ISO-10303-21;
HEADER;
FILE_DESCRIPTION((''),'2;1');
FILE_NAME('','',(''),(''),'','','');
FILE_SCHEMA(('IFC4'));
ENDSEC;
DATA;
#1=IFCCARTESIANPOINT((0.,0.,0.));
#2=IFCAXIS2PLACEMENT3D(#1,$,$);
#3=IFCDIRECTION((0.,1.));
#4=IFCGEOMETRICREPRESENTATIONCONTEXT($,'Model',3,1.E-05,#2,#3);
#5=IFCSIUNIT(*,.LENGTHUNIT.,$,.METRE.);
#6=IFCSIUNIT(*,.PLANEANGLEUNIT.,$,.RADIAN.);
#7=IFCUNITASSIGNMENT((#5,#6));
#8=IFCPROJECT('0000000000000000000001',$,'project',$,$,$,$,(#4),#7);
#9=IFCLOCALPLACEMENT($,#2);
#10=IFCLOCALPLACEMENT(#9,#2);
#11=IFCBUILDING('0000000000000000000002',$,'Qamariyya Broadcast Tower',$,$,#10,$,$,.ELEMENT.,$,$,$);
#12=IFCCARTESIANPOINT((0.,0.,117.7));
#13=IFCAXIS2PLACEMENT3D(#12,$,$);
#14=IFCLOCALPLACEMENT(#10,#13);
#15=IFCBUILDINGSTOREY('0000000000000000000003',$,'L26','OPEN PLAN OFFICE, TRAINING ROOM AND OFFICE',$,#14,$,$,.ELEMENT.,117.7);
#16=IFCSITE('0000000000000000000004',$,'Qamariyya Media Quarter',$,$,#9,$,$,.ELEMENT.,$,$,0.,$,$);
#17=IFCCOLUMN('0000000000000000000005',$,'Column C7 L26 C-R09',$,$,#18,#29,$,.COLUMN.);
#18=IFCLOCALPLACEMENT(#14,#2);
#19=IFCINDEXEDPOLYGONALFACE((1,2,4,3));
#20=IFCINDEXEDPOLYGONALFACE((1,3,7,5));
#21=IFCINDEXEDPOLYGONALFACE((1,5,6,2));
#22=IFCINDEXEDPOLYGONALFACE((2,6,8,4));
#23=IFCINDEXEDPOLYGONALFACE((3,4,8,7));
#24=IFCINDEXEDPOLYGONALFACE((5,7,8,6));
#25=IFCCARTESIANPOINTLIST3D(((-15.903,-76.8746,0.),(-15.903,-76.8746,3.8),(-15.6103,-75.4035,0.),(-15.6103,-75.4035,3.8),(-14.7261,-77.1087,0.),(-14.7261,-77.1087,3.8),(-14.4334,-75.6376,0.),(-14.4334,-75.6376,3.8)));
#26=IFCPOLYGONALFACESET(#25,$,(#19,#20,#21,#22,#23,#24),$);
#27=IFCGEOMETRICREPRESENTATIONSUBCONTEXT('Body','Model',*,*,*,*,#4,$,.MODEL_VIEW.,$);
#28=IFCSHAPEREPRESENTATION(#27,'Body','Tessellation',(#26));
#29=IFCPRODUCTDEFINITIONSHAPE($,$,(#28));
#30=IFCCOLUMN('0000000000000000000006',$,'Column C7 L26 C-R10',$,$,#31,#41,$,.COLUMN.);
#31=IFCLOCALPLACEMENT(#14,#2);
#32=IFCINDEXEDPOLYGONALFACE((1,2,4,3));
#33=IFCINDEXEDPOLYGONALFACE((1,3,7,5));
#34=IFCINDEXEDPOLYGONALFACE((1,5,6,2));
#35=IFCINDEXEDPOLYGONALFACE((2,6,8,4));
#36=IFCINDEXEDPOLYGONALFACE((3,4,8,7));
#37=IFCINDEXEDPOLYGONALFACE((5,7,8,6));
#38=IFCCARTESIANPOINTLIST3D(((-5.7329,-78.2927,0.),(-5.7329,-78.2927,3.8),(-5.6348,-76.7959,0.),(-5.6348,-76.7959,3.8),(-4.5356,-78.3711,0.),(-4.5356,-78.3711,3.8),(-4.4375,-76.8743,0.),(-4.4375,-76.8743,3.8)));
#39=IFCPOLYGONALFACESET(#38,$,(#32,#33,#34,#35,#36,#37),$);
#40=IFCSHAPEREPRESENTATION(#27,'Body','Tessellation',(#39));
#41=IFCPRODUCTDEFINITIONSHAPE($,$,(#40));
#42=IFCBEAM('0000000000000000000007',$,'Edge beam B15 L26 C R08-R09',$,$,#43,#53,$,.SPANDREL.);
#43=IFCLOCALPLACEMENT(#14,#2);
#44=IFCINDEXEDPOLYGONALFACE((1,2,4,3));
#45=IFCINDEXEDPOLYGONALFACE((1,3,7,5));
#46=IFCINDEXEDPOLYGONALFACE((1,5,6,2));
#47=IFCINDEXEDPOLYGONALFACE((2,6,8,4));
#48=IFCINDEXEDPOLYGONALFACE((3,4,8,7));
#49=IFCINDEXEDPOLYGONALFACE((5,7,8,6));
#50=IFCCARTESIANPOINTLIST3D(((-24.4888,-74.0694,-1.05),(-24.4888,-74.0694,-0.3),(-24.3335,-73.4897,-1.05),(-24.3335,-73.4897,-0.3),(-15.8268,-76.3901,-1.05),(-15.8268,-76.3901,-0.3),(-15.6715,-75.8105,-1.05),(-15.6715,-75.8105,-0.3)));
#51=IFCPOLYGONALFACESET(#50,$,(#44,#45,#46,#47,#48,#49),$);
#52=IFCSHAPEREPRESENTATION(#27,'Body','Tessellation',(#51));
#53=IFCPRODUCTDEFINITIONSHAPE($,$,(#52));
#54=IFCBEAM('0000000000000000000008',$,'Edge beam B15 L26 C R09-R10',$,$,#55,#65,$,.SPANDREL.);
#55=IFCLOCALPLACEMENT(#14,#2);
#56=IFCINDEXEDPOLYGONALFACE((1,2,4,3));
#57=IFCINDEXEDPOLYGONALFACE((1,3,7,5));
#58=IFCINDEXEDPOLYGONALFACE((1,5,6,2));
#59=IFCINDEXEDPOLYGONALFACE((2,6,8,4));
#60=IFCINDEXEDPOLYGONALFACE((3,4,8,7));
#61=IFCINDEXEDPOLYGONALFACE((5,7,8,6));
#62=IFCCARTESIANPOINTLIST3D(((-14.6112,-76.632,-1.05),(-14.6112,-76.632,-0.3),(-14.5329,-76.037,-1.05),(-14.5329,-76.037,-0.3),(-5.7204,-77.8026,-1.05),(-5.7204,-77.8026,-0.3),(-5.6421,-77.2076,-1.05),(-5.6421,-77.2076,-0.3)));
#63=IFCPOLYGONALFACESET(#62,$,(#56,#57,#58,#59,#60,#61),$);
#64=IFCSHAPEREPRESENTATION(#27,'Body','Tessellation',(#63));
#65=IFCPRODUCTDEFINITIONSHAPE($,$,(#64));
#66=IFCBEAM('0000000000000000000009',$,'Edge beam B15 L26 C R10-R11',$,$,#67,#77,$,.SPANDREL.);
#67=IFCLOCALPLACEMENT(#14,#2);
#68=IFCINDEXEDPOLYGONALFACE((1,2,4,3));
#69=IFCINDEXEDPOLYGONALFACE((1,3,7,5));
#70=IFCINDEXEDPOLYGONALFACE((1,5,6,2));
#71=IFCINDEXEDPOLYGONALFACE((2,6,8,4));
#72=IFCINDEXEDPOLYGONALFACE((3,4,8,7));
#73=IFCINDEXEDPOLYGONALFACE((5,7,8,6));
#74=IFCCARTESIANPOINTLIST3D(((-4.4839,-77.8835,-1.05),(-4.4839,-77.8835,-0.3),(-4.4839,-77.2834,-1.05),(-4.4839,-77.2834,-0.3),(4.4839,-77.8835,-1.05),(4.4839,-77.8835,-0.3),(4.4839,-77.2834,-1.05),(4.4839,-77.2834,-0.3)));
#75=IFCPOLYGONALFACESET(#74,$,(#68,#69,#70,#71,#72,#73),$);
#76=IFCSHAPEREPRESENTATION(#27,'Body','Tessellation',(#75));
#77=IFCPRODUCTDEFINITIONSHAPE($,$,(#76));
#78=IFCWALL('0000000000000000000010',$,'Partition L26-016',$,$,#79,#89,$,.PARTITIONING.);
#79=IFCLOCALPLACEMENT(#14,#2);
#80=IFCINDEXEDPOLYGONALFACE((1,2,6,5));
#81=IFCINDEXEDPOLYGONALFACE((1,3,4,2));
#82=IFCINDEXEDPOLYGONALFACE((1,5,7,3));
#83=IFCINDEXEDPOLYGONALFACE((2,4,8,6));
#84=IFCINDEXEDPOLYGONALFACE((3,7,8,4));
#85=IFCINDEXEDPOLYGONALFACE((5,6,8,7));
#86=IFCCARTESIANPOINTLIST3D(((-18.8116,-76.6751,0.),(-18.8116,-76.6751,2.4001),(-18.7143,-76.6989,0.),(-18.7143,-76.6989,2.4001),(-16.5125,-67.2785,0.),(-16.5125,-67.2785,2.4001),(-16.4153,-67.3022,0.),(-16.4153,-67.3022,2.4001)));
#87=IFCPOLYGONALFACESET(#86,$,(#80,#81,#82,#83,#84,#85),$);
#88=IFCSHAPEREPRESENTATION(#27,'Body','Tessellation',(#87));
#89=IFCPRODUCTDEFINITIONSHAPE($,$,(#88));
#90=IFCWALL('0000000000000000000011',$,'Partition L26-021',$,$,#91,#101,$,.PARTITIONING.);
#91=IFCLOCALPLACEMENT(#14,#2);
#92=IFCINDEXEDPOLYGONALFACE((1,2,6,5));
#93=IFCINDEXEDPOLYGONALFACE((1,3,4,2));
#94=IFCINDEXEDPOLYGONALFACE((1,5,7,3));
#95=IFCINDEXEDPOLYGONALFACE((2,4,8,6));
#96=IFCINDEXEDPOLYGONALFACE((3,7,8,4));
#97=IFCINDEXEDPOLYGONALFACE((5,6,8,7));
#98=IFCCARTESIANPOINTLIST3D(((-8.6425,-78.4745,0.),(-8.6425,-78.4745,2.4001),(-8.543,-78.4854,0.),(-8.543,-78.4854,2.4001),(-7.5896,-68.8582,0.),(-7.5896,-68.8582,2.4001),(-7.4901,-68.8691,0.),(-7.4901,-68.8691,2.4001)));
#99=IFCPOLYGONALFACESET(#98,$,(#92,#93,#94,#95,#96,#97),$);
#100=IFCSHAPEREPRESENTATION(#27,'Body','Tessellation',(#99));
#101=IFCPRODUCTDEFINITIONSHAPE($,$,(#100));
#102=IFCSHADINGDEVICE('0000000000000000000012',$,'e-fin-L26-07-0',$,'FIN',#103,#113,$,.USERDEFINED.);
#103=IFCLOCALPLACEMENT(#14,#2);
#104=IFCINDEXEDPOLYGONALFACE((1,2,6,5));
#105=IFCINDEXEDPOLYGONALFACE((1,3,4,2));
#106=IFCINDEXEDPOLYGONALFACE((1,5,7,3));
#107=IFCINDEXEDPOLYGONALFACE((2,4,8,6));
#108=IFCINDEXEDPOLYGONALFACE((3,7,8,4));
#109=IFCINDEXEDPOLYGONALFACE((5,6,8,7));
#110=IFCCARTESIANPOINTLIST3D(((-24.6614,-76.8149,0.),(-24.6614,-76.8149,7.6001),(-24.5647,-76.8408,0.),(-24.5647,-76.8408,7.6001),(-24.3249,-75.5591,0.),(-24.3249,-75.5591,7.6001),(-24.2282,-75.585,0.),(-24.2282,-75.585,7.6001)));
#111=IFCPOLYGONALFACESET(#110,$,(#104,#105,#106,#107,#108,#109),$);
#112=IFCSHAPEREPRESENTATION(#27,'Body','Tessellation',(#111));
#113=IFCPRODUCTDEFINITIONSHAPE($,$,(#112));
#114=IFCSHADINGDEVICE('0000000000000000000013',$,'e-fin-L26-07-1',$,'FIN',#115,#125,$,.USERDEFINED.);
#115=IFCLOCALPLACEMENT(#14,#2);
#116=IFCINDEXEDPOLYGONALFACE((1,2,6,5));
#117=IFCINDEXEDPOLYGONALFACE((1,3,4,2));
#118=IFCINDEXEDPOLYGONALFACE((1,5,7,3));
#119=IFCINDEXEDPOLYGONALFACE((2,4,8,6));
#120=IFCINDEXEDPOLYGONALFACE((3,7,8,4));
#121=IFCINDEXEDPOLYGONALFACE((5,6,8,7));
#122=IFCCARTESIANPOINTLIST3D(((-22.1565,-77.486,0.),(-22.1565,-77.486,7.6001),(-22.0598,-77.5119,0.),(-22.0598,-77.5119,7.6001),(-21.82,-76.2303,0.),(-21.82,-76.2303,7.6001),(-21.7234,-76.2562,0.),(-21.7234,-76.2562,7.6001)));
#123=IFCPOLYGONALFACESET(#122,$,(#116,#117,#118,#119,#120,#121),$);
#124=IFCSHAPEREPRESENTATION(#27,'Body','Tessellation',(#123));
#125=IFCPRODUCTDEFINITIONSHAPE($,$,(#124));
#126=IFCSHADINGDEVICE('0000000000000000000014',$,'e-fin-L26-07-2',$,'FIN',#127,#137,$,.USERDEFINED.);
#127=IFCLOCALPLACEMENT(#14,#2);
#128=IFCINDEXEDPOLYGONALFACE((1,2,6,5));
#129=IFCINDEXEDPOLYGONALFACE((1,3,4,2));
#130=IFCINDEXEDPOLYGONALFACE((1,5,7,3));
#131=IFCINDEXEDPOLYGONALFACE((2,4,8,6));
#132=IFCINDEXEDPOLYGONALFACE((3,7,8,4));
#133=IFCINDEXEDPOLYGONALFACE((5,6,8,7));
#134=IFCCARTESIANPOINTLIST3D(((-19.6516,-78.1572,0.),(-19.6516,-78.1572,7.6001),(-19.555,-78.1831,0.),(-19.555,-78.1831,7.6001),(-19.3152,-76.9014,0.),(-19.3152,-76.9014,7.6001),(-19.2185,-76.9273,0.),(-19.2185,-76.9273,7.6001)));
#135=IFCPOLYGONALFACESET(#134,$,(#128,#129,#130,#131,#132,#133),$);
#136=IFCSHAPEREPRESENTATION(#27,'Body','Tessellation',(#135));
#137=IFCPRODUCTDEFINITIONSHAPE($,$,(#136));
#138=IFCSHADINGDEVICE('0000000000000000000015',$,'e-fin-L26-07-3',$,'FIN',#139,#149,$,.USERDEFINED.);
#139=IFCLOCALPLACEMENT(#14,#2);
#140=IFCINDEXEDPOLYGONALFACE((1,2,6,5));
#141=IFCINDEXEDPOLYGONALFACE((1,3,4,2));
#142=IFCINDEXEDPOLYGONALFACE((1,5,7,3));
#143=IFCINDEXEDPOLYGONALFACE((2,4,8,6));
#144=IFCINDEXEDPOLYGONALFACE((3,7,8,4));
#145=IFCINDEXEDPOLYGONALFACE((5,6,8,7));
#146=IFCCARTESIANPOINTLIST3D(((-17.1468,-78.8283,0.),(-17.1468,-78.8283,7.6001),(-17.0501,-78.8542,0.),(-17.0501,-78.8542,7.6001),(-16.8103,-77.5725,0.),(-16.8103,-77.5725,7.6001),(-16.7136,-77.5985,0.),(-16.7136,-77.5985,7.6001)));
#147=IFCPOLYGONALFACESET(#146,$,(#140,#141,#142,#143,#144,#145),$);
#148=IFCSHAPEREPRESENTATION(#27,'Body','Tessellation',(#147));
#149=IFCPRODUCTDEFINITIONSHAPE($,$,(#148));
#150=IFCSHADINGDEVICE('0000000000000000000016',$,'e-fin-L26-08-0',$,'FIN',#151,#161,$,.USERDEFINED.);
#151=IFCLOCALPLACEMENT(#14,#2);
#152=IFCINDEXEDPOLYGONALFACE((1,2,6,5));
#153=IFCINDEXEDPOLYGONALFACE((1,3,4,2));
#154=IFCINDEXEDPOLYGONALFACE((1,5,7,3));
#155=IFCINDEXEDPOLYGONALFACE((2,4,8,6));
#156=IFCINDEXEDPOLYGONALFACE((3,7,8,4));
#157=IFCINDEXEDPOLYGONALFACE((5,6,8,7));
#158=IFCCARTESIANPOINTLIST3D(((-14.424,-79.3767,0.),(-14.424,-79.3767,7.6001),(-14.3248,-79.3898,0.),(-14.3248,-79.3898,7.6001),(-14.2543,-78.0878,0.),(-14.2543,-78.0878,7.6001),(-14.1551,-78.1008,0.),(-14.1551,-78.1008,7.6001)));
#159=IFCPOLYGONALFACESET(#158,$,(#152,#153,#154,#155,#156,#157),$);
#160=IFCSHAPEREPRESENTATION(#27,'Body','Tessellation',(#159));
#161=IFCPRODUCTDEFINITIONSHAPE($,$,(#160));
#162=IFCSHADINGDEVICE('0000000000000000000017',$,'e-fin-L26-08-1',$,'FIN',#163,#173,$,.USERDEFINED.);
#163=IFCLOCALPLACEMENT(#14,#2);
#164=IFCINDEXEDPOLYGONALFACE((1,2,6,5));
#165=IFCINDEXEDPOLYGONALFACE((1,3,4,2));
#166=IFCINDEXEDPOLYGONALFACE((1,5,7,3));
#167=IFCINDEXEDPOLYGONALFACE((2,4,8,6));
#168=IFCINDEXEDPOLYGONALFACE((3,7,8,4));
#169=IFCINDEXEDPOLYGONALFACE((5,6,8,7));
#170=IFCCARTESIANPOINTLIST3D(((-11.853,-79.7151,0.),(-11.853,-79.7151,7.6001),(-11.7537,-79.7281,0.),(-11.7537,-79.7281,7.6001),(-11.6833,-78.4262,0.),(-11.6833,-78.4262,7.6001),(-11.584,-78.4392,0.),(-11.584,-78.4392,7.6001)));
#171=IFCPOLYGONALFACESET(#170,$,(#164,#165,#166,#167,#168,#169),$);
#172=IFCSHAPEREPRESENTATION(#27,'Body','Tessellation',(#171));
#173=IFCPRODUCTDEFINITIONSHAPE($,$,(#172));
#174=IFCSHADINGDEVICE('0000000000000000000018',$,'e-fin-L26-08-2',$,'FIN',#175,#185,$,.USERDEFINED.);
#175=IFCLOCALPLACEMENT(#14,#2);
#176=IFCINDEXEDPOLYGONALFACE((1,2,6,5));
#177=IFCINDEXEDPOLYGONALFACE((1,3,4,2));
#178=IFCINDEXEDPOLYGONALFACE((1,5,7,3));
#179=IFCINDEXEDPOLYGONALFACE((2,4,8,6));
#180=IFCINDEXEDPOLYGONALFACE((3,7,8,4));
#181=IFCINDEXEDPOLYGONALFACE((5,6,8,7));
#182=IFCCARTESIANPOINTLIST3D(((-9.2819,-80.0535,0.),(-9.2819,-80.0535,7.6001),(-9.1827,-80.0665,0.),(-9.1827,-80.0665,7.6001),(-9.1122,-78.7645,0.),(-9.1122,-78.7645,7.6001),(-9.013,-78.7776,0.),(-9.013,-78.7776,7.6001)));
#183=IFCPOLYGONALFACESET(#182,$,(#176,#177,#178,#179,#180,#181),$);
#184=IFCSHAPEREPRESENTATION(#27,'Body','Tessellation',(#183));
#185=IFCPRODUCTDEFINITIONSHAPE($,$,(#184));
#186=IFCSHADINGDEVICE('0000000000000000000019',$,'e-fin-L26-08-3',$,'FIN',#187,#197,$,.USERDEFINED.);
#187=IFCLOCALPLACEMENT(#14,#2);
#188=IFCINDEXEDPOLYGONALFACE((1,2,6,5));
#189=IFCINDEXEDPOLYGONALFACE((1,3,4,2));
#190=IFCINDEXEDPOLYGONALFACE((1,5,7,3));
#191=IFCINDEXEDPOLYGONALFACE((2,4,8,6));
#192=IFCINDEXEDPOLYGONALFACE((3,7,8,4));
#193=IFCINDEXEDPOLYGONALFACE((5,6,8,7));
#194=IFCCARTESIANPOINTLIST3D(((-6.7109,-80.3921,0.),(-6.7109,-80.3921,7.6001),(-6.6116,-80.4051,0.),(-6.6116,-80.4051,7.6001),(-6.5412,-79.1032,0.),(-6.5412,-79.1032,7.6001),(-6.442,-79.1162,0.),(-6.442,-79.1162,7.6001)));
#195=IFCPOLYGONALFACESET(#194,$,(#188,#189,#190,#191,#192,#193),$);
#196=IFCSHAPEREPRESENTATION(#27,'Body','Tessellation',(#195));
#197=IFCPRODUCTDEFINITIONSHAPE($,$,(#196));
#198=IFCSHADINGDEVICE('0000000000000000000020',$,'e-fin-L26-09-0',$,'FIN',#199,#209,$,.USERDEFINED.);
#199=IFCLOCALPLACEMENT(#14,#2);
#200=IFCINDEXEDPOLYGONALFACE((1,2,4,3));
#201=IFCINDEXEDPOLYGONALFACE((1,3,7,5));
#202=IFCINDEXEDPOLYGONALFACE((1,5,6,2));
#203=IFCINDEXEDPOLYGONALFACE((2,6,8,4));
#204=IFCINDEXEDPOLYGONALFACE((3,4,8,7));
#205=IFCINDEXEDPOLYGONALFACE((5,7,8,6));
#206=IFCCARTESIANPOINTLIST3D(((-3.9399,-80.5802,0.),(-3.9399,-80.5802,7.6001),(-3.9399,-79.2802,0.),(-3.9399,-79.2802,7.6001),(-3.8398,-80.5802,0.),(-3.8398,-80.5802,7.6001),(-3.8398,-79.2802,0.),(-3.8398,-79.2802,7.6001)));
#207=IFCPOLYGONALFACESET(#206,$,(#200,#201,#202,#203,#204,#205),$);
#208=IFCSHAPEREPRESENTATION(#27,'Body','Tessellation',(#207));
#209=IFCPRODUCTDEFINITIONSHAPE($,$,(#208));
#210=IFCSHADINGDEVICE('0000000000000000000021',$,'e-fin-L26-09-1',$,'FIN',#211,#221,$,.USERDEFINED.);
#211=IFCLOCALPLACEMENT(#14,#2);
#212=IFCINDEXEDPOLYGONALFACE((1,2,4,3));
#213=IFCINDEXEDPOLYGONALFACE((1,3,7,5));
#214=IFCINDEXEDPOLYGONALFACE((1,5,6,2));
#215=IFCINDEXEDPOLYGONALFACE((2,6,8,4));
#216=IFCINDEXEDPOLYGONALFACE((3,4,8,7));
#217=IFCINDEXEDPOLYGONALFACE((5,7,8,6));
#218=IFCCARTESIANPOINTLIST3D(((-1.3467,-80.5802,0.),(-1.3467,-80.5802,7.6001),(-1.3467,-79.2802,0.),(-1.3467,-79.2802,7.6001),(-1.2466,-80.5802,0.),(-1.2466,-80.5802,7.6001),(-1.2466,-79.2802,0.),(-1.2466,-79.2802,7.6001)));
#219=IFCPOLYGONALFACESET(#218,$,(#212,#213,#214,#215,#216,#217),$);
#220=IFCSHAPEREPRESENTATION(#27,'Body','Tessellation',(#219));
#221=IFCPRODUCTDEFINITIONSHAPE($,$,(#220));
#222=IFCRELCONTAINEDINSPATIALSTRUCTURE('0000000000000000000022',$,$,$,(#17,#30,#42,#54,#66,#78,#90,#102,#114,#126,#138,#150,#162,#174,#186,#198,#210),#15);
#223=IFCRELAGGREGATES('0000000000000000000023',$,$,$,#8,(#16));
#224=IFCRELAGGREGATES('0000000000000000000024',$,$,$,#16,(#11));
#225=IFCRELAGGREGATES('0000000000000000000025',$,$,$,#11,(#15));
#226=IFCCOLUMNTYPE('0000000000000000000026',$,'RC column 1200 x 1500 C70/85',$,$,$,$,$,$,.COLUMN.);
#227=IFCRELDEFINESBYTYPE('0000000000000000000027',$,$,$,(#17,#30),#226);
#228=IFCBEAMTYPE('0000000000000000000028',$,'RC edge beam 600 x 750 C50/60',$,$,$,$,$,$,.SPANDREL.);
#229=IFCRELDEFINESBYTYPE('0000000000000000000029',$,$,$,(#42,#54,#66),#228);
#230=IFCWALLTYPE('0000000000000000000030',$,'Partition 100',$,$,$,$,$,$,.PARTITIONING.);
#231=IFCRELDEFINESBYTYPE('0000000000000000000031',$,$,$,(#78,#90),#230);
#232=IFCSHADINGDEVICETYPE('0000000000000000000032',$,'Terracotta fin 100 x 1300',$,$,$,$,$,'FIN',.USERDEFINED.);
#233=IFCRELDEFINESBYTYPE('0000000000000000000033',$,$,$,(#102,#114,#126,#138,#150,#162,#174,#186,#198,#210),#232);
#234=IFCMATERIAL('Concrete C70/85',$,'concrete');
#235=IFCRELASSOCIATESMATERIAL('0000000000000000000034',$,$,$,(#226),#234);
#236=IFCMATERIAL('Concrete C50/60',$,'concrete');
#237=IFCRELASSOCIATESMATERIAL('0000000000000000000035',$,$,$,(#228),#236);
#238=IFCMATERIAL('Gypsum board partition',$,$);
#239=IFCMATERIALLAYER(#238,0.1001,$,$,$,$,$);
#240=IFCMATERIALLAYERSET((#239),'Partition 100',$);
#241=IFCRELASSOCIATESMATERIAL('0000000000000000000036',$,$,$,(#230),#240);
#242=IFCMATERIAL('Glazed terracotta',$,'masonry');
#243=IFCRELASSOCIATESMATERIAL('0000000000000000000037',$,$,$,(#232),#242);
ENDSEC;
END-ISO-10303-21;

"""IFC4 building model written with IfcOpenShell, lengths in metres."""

from ifc_helpers import new_model, si_unit, direction, frame, frame_2d, origin, origin_2d, place, context, subcontext, project, spatial, rectangle, extrude, material, layer, layer_set, material_profile, profile_set, type_object, element, save


model = new_model("IFC4")

# Units and contexts
model_context = context("Model", 3, precision=1e-05, world=origin(), true_north=direction((0.0, 1.0)))
body_context = subcontext(model_context, "Body", "Model", "MODEL_VIEW")
ifc_project = project(units=[si_unit("LENGTHUNIT", "METRE"), si_unit("PLANEANGLEUNIT", "RADIAN")], contexts=[model_context])

# Site, building, storey
site_placement = place(None, origin())
site = spatial("IfcSite", under=ifc_project, at=site_placement, Name="Qamariyya Media Quarter", CompositionType="ELEMENT", RefElevation=0.0)
building_placement = place(site_placement, origin())
building = spatial("IfcBuilding", under=site, at=building_placement, Name="Qamariyya Broadcast Tower", CompositionType="ELEMENT")
storey_placement = place(building_placement, frame((0.0, 0.0, 117.7)))
storey = spatial("IfcBuildingStorey", under=building, at=storey_placement, Name="L26", Description="OPEN PLAN OFFICE, TRAINING ROOM AND OFFICE", CompositionType="ELEMENT", Elevation=117.7)

# Columns
ifc_material_1 = material(Name="Concrete C70/85", Category="concrete")
ifc_material_profile_1 = material_profile(ifc_material_1, rectangle(XDim=1.2, YDim=1.5, at=origin_2d()))
ifc_profile_set_1 = profile_set([ifc_material_profile_1], Name="Concrete C70/85")
column_type = type_object("IfcColumnType", Name="RC column 1200 x 1500 C70/85", PredefinedType="COLUMN", material=ifc_profile_set_1)
for number, where, z_axis, x_axis, name in (
    (1, (-15.1682, -76.2561, 0.0), (0.0, 0.0, 1.0), (0.980785, -0.19509, 0.0), "Column C7 L26 C-R09"),
    (2, (-5.0852, -77.5835, 0.0), (0.0, 0.0, 1.0), (0.997859, -0.065403, 0.0), "Column C7 L26 C-R10"),
):
    element("IfcColumn", number, at=place(storey_placement, frame(where, z_axis=z_axis, x_axis=x_axis)), inside=storey, type_object=column_type, Name=name, PredefinedType="COLUMN", context=body_context, shape_type="SweptSolid", body=[
        extrude(rectangle(XDim=1.2, YDim=1.5, at=origin_2d()), origin(), (0.0, 0.0, 1.0), 3.8),
    ])

# Beams
ifc_material_2 = material(Name="Concrete C50/60", Category="concrete")
ifc_material_profile_2 = material_profile(ifc_material_2, rectangle(XDim=0.6001, YDim=0.75, at=origin_2d()))
ifc_profile_set_2 = profile_set([ifc_material_profile_2], Name="Concrete C50/60")
beam_type = type_object("IfcBeamType", Name="RC edge beam 600 x 750 C50/60", PredefinedType="SPANDREL", material=ifc_profile_set_2)
for number, where, z_axis, x_axis, name in (
    (3, (-24.4111, -73.7795, -0.675), (0.965932, -0.258798, 0.0), (0.258798, 0.965932, 0.0), "Edge beam B15 L26 C R08-R09"),
    (4, (-14.572, -76.3345, -0.675), (0.991443, -0.130543, 0.0), (0.130543, 0.991443, 0.0), "Edge beam B15 L26 C R09-R10"),
):
    element("IfcBeam", number, at=place(storey_placement, frame(where, z_axis=z_axis, x_axis=x_axis)), inside=storey, type_object=beam_type, Name=name, PredefinedType="SPANDREL", context=body_context, shape_type="SweptSolid", body=[
        extrude(rectangle(XDim=0.6001, YDim=0.75, at=origin_2d()), origin(), (0.0, 0.0, 1.0), 8.9675),
    ])
beam_placement = place(storey_placement, frame((-4.4839, -77.5835, -0.675), z_axis=(1.0, 0.0, 0.0), x_axis=(0.0, 1.0, 0.0)))
element("IfcBeam", 5, at=beam_placement, inside=storey, type_object=beam_type, Name="Edge beam B15 L26 C R10-R11", PredefinedType="SPANDREL", context=body_context, shape_type="SweptSolid", body=[
    extrude(rectangle(XDim=0.6001, YDim=0.75, at=origin_2d()), origin(), (0.0, 0.0, 1.0), 8.9678),
])

# Walls
ifc_material_3 = material(Name="Gypsum board partition")
ifc_layer = layer(ifc_material_3, 0.1001)
ifc_layer_set = layer_set([ifc_layer], Name="Partition 100")
wall_type = type_object("IfcWallType", Name="Partition 100", PredefinedType="PARTITIONING", material=ifc_layer_set)
for number, where, z_axis, x_axis, name in (
    (6, (-18.7629, -76.687, 0.0), (0.0, 0.0, 1.0), (0.237657, 0.971349, 0.0), "Partition L26-016"),
    (7, (-8.5928, -78.48, 0.0), (0.0, 0.0, 1.0), (0.108847, 0.994059, 0.0), "Partition L26-021"),
):
    element("IfcWall", number, at=place(storey_placement, frame(where, z_axis=z_axis, x_axis=x_axis)), inside=storey, type_object=wall_type, Name=name, PredefinedType="PARTITIONING", context=body_context, shape_type="SweptSolid", body=[
        extrude(rectangle(XDim=9.6738, YDim=0.1001, at=frame_2d((4.8369, 0.0))), origin(), (0.0, 0.0, 1.0), 2.4001),
    ])

# Shading devices
ifc_material_4 = material(Name="Glazed terracotta", Category="masonry")
ifc_material_profile_3 = material_profile(ifc_material_4, rectangle(XDim=1.3, YDim=0.1001, at=origin_2d()))
ifc_profile_set_3 = profile_set([ifc_material_profile_3], Name="Glazed terracotta")
shading_device_type_1 = type_object("IfcShadingDeviceType", Name="Terracotta fin 100 x 1300", ElementType="FIN", PredefinedType="USERDEFINED", material=ifc_profile_set_3)
for number, where, z_axis, x_axis, name in (
    (8, (-24.4448, -76.2, 0.0), (0.0, 0.0, 1.0), (-0.258819, -0.965926, 0.0), "e-fin-L26-07-0"),
    (9, (-21.9399, -76.8711, 0.0), (0.0, 0.0, 1.0), (-0.258819, -0.965926, 0.0), "e-fin-L26-07-1"),
    (10, (-19.4351, -77.5422, 0.0), (0.0, 0.0, 1.0), (-0.258819, -0.965926, 0.0), "e-fin-L26-07-2"),
    (11, (-16.9302, -78.2134, 0.0), (0.0, 0.0, 1.0), (-0.258819, -0.965926, 0.0), "e-fin-L26-07-3"),
    (12, (-14.2896, -78.7388, 0.0), (0.0, 0.0, 1.0), (-0.130526, -0.991445, 0.0), "e-fin-L26-08-0"),
    (13, (-11.7185, -79.0771, 0.0), (0.0, 0.0, 1.0), (-0.130526, -0.991445, 0.0), "e-fin-L26-08-1"),
    (14, (-9.1475, -79.4155, 0.0), (0.0, 0.0, 1.0), (-0.130526, -0.991445, 0.0), "e-fin-L26-08-2"),
    (15, (-6.5764, -79.7542, 0.0), (0.0, 0.0, 1.0), (-0.130526, -0.991445, 0.0), "e-fin-L26-08-3"),
    (16, (-3.8899, -79.9302, 0.0), (0.0, 0.0, 1.0), (0.0, -1.0, 0.0), "e-fin-L26-09-0"),
    (17, (-1.2966, -79.9302, 0.0), (0.0, 0.0, 1.0), (0.0, -1.0, 0.0), "e-fin-L26-09-1"),
):
    element("IfcShadingDevice", number, at=place(storey_placement, frame(where, z_axis=z_axis, x_axis=x_axis)), inside=storey, type_object=shading_device_type_1, Name=name, ObjectType="FIN", PredefinedType="USERDEFINED", context=body_context, shape_type="SweptSolid", body=[
        extrude(rectangle(XDim=1.3, YDim=0.1001, at=origin_2d()), origin(), (0.0, 0.0, 1.0), 7.6001),
    ])

save(model, "model.ifc")
